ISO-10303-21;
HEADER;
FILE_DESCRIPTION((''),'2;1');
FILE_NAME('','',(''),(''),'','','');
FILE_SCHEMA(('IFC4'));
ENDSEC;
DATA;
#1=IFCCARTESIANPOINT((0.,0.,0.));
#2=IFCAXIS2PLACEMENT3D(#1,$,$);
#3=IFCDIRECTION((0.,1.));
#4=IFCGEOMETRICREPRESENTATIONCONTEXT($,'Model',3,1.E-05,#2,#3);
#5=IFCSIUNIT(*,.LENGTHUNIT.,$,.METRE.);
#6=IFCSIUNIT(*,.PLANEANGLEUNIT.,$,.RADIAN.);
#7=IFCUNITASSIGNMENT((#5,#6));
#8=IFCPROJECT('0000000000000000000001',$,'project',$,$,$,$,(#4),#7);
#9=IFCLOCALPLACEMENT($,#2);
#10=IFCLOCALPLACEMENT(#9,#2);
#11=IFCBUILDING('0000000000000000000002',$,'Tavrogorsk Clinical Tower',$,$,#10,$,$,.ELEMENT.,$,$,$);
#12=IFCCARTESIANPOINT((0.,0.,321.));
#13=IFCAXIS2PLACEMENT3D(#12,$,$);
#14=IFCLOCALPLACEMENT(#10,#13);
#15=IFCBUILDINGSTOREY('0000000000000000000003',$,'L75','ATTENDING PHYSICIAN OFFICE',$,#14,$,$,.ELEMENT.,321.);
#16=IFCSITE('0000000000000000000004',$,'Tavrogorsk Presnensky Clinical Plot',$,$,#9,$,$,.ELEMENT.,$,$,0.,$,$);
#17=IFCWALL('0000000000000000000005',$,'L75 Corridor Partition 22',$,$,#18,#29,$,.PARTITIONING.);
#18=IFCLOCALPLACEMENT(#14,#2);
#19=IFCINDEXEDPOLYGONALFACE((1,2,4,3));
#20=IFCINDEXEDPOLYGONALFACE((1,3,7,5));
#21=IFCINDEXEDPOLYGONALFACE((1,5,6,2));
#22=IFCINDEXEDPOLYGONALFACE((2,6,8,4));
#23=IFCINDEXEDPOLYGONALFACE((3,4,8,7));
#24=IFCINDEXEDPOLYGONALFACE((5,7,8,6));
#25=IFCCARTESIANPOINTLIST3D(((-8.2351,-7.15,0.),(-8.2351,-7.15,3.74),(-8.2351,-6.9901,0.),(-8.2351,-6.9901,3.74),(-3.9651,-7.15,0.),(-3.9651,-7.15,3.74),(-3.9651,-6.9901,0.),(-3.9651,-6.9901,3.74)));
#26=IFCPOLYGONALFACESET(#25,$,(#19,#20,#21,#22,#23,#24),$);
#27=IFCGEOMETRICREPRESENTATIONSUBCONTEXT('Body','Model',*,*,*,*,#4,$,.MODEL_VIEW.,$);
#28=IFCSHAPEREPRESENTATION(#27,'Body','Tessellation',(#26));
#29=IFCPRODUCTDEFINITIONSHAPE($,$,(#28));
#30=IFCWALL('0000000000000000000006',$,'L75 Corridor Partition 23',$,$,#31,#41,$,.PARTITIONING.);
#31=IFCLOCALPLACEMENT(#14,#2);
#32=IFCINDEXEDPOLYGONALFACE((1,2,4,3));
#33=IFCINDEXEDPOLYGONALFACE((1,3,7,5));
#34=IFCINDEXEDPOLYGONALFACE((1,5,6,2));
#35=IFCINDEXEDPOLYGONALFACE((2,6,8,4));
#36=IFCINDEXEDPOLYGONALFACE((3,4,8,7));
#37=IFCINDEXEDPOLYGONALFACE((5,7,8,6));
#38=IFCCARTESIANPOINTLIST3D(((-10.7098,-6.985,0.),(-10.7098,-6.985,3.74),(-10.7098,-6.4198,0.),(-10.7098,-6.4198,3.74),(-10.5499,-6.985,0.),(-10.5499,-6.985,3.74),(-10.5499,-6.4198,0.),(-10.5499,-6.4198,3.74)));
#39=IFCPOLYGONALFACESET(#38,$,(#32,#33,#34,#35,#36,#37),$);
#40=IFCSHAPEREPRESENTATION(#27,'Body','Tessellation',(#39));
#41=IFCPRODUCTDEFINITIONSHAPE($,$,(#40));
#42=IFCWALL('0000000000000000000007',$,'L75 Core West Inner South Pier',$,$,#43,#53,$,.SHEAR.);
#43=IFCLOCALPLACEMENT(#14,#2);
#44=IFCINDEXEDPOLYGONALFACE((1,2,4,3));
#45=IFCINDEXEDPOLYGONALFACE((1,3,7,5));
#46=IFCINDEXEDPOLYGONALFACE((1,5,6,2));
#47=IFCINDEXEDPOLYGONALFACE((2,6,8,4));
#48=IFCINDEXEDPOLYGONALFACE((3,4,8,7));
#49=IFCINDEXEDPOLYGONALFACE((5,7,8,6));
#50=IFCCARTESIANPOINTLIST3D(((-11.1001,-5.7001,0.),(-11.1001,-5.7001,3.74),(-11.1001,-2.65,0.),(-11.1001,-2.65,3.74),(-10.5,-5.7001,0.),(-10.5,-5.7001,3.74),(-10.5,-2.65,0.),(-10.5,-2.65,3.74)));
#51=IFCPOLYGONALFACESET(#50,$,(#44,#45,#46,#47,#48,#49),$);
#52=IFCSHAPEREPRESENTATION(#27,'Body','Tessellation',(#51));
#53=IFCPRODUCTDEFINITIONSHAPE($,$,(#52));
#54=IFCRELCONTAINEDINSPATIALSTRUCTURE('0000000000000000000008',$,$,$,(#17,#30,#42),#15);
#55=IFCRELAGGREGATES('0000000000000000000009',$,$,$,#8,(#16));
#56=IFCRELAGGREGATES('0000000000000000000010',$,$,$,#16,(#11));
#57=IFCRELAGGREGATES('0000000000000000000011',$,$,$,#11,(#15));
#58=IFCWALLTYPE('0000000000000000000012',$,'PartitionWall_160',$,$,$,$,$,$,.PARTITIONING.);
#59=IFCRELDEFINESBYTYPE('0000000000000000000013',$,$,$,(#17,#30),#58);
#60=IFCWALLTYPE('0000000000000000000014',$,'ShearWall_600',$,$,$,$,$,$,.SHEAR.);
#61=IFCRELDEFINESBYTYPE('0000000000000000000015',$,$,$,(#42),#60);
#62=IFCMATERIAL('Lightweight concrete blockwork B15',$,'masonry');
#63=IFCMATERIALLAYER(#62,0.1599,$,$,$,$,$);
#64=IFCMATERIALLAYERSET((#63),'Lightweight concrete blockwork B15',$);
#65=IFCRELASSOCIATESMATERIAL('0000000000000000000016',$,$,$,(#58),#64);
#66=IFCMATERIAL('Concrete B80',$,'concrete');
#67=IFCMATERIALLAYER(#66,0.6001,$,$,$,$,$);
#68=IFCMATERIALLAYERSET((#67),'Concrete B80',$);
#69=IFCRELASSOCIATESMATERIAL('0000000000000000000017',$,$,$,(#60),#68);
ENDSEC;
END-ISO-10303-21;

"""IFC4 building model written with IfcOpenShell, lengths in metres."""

from ifc_helpers import new_model, si_unit, direction, frame, frame_2d, origin, place, context, subcontext, project, spatial, rectangle, extrude, material, layer, layer_set, type_object, element, save


model = new_model("IFC4")

# Units and contexts
model_context = context("Model", 3, precision=1e-05, world=origin(), true_north=direction((0.0, 1.0)))
body_context = subcontext(model_context, "Body", "Model", "MODEL_VIEW")
ifc_project = project(units=[si_unit("LENGTHUNIT", "METRE"), si_unit("PLANEANGLEUNIT", "RADIAN")], contexts=[model_context])

# Site, building, storey
site_placement = place(None, origin())
site = spatial("IfcSite", under=ifc_project, at=site_placement, Name="Tavrogorsk Presnensky Clinical Plot", CompositionType="ELEMENT", RefElevation=0.0)
building_placement = place(site_placement, origin())
building = spatial("IfcBuilding", under=site, at=building_placement, Name="Tavrogorsk Clinical Tower", CompositionType="ELEMENT")
storey_placement = place(building_placement, frame((0.0, 0.0, 321.0)))
storey = spatial("IfcBuildingStorey", under=building, at=storey_placement, Name="L75", Description="ATTENDING PHYSICIAN OFFICE", CompositionType="ELEMENT", Elevation=321.0)

# Shared definitions
ifc_material_1 = material(Name="Lightweight concrete blockwork B15", Category="masonry")
ifc_layer_1 = layer(ifc_material_1, 0.1599)
ifc_layer_set_1 = layer_set([ifc_layer_1], Name="Lightweight concrete blockwork B15")
wall_type_1 = type_object("IfcWallType", Name="PartitionWall_160", PredefinedType="PARTITIONING", material=ifc_layer_set_1)

# Walls
wall_1_placement = place(storey_placement, frame((-8.2351, -7.0701, 0.0), z_axis=(0.0, 0.0, 1.0), x_axis=(1.0, 0.0, 0.0)))
element("IfcWall", 1, at=wall_1_placement, inside=storey, type_object=wall_type_1, Name="L75 Corridor Partition 22", PredefinedType="PARTITIONING", context=body_context, shape_type="SweptSolid", body=[
    extrude(rectangle(XDim=4.27, YDim=0.1599, at=frame_2d((2.135, 0.0))), origin(), (0.0, 0.0, 1.0), 3.74),
])
wall_2_placement = place(storey_placement, frame((-10.6299, -6.9851, 0.0), z_axis=(0.0, 0.0, 1.0), x_axis=(0.0, 1.0, 0.0)))
element("IfcWall", 2, at=wall_2_placement, inside=storey, type_object=wall_type_1, Name="L75 Corridor Partition 23", PredefinedType="PARTITIONING", context=body_context, shape_type="SweptSolid", body=[
    extrude(rectangle(XDim=0.5652, YDim=0.1599, at=frame_2d((0.2827, 0.0))), origin(), (0.0, 0.0, 1.0), 3.74),
])
ifc_material_2 = material(Name="Concrete B80", Category="concrete")
ifc_layer_2 = layer(ifc_material_2, 0.6001)
ifc_layer_set_2 = layer_set([ifc_layer_2], Name="Concrete B80")
wall_type_2 = type_object("IfcWallType", Name="ShearWall_600", PredefinedType="SHEAR", material=ifc_layer_set_2)
wall_3_placement = place(storey_placement, frame((-10.8, -5.7, 0.0), z_axis=(0.0, 0.0, 1.0), x_axis=(0.0, 1.0, 0.0)))
element("IfcWall", 3, at=wall_3_placement, inside=storey, type_object=wall_type_2, Name="L75 Core West Inner South Pier", PredefinedType="SHEAR", context=body_context, shape_type="SweptSolid", body=[
    extrude(rectangle(XDim=3.05, YDim=0.6001, at=frame_2d((1.5249, 0.0))), origin(), (0.0, 0.0, 1.0), 3.74),
])

save(model, "model.ifc")
